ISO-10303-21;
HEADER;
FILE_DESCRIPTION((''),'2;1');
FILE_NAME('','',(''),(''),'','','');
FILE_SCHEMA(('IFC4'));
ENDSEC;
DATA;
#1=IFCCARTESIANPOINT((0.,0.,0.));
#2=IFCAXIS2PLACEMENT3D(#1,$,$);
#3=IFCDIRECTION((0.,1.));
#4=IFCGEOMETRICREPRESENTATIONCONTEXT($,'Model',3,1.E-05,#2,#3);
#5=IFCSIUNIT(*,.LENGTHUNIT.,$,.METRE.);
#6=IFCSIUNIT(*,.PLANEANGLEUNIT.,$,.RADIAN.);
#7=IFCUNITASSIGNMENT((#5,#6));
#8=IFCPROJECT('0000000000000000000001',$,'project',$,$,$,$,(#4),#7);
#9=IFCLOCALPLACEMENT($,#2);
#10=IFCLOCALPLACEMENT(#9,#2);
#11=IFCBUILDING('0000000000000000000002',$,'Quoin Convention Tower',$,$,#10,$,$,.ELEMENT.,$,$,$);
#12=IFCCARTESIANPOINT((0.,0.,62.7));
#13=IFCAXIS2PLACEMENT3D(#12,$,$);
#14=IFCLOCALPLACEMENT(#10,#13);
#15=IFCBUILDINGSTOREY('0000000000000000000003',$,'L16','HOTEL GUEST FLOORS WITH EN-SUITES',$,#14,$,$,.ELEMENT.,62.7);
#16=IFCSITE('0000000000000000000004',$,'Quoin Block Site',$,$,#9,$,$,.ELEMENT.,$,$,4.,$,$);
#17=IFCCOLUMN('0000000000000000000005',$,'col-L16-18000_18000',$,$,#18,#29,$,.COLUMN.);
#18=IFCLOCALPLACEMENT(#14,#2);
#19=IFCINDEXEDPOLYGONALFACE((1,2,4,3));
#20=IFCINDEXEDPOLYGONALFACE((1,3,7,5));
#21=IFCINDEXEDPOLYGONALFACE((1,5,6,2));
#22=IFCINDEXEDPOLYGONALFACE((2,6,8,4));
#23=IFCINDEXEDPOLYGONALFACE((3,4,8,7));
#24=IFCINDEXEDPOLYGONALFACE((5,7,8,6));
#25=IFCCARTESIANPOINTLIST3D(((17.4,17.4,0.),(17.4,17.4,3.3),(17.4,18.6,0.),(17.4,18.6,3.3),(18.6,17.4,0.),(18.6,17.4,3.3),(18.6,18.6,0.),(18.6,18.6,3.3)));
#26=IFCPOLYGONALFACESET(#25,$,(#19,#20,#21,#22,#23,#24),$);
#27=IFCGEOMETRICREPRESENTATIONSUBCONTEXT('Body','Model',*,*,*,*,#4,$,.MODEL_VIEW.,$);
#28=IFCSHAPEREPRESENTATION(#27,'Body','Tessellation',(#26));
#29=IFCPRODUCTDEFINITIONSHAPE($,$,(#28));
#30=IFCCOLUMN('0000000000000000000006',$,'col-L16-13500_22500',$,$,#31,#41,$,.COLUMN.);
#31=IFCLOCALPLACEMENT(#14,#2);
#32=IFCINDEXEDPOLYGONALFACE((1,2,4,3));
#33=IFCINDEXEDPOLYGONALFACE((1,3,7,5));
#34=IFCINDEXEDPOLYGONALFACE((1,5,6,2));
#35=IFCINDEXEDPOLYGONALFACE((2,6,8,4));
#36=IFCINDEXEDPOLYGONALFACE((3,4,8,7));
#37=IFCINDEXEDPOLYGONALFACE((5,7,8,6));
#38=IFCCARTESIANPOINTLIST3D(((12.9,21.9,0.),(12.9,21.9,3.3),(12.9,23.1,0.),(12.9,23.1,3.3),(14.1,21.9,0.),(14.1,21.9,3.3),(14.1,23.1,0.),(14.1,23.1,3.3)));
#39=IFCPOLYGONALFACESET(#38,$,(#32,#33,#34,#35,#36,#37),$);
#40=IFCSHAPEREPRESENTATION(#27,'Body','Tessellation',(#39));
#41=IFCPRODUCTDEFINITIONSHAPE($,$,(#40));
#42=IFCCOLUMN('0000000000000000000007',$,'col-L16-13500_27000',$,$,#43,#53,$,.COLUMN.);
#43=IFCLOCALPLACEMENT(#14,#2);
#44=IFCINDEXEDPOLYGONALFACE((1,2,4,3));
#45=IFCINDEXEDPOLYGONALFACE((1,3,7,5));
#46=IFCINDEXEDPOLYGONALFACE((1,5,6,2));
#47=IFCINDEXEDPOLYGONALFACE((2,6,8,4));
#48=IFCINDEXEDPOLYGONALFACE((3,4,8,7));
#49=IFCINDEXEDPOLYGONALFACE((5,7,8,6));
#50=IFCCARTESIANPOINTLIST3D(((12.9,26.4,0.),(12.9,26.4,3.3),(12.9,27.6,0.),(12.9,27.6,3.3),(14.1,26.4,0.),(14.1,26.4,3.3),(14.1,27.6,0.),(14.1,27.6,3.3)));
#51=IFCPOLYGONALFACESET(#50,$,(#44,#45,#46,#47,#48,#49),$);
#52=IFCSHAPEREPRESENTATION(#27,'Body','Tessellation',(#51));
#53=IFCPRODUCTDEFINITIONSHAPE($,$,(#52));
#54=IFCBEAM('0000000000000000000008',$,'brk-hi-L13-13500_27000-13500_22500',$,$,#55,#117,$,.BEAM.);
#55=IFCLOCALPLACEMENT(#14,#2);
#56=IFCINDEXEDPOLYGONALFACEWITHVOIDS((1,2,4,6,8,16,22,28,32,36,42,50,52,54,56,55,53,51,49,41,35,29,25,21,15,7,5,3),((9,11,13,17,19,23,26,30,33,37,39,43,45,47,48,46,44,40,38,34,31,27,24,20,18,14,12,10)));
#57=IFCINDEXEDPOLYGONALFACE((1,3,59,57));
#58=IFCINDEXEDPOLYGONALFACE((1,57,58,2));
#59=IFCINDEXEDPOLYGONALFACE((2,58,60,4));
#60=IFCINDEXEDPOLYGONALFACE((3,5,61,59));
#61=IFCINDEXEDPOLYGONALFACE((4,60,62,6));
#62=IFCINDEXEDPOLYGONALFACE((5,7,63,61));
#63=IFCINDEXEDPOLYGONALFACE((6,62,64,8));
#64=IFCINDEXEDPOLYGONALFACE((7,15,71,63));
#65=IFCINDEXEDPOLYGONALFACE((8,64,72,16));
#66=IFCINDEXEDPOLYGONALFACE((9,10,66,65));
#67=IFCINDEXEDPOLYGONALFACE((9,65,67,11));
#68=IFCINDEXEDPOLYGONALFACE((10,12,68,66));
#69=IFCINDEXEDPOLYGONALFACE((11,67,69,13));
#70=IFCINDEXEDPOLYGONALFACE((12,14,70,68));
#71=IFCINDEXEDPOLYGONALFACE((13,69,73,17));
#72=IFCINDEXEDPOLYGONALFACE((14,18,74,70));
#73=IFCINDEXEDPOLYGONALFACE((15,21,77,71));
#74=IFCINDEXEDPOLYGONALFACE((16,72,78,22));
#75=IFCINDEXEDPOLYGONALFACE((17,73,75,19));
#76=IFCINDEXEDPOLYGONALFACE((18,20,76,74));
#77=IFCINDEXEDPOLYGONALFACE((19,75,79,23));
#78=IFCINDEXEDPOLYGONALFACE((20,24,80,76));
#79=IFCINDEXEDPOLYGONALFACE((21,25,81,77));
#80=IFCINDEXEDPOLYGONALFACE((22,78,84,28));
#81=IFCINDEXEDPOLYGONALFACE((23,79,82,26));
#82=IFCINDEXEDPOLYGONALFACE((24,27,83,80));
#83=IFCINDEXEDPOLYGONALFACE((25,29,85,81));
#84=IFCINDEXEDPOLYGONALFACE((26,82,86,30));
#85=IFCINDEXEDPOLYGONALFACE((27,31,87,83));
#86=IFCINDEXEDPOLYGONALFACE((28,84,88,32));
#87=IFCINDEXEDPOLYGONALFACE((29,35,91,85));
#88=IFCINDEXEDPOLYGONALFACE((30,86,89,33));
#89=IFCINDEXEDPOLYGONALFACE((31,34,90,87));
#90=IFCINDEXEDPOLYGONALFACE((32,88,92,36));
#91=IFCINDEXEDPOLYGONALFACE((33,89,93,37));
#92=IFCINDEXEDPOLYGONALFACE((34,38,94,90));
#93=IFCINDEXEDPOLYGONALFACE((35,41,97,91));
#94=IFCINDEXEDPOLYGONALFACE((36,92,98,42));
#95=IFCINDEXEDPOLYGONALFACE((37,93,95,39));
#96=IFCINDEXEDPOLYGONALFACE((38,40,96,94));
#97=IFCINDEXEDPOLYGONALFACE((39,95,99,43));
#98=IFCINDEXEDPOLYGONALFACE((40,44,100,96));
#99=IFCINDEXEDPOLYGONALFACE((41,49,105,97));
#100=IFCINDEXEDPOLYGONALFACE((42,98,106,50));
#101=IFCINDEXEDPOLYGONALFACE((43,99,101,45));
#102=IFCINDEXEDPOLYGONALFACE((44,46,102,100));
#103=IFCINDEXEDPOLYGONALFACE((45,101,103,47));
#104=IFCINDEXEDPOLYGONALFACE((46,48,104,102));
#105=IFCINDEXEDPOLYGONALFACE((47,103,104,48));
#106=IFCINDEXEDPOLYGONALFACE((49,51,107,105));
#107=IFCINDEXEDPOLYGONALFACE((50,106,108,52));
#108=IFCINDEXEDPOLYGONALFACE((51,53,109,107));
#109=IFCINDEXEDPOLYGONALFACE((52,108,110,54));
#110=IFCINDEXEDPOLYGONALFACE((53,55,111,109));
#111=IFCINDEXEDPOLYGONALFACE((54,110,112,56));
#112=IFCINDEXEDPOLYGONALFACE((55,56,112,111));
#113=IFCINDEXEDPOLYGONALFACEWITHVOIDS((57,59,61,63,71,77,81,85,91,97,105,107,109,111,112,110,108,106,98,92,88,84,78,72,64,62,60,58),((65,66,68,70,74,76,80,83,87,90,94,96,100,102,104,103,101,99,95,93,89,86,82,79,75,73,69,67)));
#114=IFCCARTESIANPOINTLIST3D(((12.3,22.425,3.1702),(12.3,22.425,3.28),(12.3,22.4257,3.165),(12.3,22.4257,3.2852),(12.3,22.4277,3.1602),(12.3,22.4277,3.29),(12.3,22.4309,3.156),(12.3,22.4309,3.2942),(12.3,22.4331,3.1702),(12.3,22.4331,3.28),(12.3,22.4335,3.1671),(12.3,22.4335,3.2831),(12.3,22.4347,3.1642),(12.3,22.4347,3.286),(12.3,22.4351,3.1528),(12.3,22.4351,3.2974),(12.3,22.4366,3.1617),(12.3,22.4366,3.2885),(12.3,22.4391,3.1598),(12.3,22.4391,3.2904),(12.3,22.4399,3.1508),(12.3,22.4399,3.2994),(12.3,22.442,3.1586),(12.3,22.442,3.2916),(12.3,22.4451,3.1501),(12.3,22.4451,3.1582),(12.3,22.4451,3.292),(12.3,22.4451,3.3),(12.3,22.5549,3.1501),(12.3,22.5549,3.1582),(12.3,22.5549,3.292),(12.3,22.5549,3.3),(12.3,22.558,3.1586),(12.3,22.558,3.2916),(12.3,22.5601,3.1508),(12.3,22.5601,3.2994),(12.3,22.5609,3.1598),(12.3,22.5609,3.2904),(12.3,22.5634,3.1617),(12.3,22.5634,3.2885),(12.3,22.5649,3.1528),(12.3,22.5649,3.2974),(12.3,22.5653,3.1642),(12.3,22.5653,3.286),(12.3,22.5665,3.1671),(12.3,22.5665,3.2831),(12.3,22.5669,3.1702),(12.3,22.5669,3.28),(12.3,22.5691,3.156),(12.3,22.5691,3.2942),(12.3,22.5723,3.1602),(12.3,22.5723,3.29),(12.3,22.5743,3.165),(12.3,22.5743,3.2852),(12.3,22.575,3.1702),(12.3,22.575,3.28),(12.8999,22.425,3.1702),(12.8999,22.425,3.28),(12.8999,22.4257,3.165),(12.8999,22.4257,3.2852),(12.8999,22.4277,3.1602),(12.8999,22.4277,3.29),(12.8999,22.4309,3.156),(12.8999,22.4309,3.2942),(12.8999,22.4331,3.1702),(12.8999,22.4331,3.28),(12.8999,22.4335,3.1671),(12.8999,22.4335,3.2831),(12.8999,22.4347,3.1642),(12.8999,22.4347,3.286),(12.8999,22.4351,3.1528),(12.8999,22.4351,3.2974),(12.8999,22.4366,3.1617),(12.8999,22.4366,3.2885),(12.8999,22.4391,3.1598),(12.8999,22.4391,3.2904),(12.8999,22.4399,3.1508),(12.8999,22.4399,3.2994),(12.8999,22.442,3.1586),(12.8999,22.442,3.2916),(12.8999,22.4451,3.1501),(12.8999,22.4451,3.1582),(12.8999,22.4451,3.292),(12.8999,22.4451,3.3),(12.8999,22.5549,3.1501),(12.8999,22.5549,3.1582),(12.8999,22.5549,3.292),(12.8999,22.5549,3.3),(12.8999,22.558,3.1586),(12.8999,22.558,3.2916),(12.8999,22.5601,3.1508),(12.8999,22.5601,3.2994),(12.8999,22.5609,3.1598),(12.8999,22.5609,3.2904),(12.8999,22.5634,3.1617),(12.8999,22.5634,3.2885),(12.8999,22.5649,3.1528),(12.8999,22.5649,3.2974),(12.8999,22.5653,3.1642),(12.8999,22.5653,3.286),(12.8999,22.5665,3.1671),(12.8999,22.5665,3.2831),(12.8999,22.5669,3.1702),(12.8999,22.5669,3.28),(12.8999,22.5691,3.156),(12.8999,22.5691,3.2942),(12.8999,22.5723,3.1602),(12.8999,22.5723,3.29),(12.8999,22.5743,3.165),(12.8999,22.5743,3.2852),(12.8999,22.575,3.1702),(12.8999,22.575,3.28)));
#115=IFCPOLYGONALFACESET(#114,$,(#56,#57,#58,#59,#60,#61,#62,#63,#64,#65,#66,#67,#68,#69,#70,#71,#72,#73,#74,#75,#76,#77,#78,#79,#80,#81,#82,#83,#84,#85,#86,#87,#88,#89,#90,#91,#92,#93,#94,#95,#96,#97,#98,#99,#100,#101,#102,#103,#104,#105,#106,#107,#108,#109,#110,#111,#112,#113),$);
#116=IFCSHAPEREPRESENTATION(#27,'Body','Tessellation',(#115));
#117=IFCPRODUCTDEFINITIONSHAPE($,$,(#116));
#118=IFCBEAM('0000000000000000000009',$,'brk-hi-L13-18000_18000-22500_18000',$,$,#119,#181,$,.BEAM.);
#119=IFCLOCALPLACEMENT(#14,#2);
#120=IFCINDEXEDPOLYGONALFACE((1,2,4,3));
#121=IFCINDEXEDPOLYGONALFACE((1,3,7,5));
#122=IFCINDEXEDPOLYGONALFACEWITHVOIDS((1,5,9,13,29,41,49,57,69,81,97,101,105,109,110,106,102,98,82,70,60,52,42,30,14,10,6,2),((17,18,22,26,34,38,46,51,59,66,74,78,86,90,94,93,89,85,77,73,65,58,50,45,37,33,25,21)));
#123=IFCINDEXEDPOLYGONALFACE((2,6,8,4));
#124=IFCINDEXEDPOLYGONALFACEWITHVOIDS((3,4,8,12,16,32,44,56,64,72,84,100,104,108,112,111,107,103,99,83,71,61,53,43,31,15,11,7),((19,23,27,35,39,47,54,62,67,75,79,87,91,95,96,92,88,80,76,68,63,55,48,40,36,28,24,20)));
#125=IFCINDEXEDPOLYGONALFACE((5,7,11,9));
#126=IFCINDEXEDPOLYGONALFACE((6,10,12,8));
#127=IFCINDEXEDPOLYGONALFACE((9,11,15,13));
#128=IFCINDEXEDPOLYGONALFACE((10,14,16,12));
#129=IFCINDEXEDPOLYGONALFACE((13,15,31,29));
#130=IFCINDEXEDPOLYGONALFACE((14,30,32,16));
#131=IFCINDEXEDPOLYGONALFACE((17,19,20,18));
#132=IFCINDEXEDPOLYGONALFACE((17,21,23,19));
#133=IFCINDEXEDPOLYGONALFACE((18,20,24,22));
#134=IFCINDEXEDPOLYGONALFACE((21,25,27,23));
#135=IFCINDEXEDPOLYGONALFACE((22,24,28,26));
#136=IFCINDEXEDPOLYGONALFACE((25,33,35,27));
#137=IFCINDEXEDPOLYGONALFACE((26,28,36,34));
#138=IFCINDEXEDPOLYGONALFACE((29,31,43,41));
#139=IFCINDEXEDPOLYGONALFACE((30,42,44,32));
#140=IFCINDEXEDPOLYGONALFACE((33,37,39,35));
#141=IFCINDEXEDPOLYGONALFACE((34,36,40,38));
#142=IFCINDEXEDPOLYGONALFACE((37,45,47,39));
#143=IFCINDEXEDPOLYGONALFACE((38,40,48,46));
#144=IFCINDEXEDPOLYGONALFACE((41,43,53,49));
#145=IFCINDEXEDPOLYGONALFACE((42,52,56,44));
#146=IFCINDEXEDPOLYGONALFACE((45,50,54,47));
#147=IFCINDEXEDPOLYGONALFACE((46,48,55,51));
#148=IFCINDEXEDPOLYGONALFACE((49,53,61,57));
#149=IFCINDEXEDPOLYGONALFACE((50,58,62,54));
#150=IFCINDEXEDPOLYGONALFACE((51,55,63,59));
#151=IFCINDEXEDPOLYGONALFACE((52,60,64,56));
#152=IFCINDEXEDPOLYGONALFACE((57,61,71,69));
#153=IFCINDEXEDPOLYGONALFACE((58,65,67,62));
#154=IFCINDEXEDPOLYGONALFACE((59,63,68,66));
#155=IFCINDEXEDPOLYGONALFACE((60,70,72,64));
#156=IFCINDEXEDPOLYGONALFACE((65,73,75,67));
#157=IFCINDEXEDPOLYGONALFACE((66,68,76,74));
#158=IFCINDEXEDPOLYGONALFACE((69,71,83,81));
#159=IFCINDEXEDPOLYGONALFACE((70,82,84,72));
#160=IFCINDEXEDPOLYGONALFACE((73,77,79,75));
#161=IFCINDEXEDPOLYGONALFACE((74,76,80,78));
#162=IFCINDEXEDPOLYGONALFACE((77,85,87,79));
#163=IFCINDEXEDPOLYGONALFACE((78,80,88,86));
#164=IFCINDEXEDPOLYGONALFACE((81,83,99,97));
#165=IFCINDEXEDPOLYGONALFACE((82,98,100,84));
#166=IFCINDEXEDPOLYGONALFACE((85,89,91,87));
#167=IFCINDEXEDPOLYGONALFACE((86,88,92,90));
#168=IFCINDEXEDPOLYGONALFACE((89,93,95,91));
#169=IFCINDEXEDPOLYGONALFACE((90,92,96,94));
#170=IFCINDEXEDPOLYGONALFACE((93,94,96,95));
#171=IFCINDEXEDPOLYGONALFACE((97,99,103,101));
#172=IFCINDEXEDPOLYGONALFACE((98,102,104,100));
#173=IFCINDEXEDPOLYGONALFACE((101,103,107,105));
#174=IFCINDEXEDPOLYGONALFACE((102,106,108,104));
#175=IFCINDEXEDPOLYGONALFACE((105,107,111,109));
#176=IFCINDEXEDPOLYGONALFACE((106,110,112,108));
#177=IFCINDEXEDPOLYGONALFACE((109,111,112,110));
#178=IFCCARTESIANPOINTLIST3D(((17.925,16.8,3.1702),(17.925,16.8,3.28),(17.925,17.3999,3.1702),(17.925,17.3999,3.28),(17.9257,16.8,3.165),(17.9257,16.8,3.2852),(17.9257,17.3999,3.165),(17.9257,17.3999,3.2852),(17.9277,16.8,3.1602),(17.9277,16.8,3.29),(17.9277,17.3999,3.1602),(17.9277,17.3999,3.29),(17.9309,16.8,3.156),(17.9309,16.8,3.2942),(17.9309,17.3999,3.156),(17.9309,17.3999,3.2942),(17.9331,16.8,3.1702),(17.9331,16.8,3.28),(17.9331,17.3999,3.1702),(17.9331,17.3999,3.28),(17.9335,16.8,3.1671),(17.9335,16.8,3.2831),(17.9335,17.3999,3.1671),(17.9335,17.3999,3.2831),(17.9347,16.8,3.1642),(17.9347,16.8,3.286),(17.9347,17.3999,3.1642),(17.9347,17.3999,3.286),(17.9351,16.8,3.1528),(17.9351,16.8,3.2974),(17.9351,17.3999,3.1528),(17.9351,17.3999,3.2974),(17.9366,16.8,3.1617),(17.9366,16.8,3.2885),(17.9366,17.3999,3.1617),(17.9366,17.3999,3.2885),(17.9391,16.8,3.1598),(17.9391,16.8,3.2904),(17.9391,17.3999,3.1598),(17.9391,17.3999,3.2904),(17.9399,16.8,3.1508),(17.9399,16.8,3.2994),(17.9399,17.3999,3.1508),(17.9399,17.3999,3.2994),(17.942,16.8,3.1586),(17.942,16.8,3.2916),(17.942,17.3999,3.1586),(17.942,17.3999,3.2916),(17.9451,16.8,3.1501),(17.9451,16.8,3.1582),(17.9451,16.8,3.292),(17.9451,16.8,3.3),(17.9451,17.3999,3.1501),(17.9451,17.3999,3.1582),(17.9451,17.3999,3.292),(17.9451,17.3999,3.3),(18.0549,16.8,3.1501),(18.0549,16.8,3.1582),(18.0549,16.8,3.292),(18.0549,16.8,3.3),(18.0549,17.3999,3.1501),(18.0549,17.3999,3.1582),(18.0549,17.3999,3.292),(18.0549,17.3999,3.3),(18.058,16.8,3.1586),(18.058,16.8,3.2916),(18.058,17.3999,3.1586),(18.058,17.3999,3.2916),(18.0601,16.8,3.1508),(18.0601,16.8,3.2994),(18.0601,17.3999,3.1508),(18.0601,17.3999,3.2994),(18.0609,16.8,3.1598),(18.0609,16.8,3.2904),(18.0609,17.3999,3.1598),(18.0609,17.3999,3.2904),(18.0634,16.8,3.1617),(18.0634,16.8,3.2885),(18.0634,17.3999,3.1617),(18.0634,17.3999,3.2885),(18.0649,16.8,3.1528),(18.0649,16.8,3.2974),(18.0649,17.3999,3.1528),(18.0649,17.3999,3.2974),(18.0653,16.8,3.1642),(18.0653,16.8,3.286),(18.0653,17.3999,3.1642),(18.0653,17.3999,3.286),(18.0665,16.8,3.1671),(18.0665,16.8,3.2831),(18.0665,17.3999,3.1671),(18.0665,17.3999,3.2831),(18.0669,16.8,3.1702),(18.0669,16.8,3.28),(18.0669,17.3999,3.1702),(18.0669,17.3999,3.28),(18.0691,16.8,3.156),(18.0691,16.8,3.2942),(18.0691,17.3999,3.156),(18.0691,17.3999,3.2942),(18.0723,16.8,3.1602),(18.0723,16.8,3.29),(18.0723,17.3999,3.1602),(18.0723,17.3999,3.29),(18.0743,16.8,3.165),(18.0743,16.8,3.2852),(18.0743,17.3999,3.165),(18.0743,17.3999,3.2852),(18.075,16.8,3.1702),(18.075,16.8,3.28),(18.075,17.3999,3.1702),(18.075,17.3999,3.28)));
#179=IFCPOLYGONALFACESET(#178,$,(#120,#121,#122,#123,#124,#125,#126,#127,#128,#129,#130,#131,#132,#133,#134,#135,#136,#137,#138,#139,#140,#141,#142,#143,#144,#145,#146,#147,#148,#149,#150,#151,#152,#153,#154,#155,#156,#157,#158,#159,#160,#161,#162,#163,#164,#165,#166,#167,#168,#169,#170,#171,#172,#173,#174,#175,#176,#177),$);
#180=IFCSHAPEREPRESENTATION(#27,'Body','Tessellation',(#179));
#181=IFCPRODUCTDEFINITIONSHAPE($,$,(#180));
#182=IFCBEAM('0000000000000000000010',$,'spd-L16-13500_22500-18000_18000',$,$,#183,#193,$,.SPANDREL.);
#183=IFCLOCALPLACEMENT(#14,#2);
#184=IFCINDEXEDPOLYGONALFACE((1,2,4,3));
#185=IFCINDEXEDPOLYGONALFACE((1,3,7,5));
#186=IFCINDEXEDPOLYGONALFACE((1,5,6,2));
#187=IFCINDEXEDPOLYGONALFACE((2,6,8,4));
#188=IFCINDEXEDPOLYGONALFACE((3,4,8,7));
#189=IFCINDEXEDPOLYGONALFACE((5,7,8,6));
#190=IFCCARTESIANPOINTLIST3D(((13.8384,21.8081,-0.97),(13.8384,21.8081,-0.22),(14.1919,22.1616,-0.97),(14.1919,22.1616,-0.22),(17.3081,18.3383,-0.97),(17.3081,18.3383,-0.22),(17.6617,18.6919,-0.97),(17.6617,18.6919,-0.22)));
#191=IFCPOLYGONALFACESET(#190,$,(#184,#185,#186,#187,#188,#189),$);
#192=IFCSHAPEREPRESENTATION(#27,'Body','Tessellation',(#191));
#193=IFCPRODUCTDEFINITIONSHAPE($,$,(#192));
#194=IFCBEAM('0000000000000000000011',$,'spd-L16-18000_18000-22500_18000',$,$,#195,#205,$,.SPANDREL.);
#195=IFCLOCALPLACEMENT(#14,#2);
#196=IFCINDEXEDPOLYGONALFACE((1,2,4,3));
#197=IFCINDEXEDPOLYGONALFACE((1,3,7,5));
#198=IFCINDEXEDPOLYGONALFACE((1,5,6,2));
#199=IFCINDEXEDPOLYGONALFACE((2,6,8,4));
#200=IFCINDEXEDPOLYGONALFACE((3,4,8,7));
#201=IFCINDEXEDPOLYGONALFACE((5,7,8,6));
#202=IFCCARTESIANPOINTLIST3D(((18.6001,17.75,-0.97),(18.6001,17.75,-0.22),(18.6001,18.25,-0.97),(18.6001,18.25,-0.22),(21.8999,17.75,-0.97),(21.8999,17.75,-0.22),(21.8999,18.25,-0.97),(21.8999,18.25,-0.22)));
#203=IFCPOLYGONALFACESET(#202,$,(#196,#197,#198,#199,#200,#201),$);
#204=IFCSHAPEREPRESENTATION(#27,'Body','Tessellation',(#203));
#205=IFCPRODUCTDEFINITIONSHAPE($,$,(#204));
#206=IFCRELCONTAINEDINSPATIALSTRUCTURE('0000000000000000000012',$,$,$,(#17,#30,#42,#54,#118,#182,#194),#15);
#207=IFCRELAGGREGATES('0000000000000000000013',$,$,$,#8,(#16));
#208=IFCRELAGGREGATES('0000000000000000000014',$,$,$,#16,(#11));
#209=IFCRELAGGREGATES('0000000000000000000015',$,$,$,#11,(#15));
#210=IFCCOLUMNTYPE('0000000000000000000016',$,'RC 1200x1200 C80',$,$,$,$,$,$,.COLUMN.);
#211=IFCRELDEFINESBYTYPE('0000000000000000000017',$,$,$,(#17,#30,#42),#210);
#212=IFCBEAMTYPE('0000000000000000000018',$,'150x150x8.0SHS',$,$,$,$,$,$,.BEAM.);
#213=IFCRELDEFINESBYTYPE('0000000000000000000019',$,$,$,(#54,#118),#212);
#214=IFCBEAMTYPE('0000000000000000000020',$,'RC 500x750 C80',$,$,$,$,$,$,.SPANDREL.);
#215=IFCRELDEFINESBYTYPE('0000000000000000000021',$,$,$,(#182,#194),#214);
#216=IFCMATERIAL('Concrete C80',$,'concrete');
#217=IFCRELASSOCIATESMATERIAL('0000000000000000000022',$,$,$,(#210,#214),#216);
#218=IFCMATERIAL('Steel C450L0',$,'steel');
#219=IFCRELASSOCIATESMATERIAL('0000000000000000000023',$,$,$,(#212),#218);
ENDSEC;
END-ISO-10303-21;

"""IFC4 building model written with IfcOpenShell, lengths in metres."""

from ifc_helpers import new_model, si_unit, direction, frame, origin, origin_2d, place, context, subcontext, project, spatial, rectangle, hollow_rectangle, extrude, material, material_profile, profile_set, type_object, element, save


model = new_model("IFC4")

# Units and contexts
model_context = context("Model", 3, precision=1e-05, world=origin(), true_north=direction((0.0, 1.0)))
body_context = subcontext(model_context, "Body", "Model", "MODEL_VIEW")
ifc_project = project(units=[si_unit("LENGTHUNIT", "METRE"), si_unit("PLANEANGLEUNIT", "RADIAN")], contexts=[model_context])

# Site, building, storey
site_placement = place(None, origin())
site = spatial("IfcSite", under=ifc_project, at=site_placement, Name="Quoin Block Site", CompositionType="ELEMENT", RefElevation=4.0)
building_placement = place(site_placement, origin())
building = spatial("IfcBuilding", under=site, at=building_placement, Name="Quoin Convention Tower", CompositionType="ELEMENT")
storey_placement = place(building_placement, frame((0.0, 0.0, 62.7)))
storey = spatial("IfcBuildingStorey", under=building, at=storey_placement, Name="L16", Description="HOTEL GUEST FLOORS WITH EN-SUITES", CompositionType="ELEMENT", Elevation=62.7)

# Columns
ifc_material_1 = material(Name="Concrete C80", Category="concrete")
ifc_material_profile_1 = material_profile(ifc_material_1, rectangle(XDim=1.2, YDim=1.2, at=origin_2d()), Name="RC 1200x1200")
ifc_profile_set_1 = profile_set([ifc_material_profile_1], Name="Concrete C80")
column_type = type_object("IfcColumnType", Name="RC 1200x1200 C80", PredefinedType="COLUMN", material=ifc_profile_set_1)
for number, where, z_axis, x_axis, name in (
    (1, (18.0, 18.0, 0.0), (0.0, 0.0, 1.0), (1.0, 0.0, 0.0), "col-L16-18000_18000"),
    (2, (13.5, 22.5, 0.0), (0.0, 0.0, 1.0), (1.0, 0.0, 0.0), "col-L16-13500_22500"),
    (3, (13.5, 27.0, 0.0), (0.0, 0.0, 1.0), (1.0, 0.0, 0.0), "col-L16-13500_27000"),
):
    element("IfcColumn", number, at=place(storey_placement, frame(where, z_axis=z_axis, x_axis=x_axis)), inside=storey, type_object=column_type, Name=name, PredefinedType="COLUMN", context=body_context, shape_type="SweptSolid", body=[
        extrude(rectangle(XDim=1.2, YDim=1.2, at=origin_2d()), origin(), (0.0, 0.0, 1.0), 3.3),
    ])

# Beams
ifc_material_2 = material(Name="Steel C450L0", Category="steel")
ifc_material_profile_2 = material_profile(ifc_material_2, hollow_rectangle(XDim=0.1499, YDim=0.1499, WallThickness=0.0081, InnerFilletRadius=0.012, OuterFilletRadius=0.02, at=origin_2d()), Name="150x150x8.0SHS")
ifc_profile_set_2 = profile_set([ifc_material_profile_2], Name="Steel C450L0")
beam_type_1 = type_object("IfcBeamType", Name="150x150x8.0SHS", PredefinedType="BEAM", material=ifc_profile_set_2)
for number, where, z_axis, x_axis, name in (
    (4, (12.8999, 22.5, 3.2251), (-1.0, 0.0, 0.0), (0.0, -1.0, 0.0), "brk-hi-L13-13500_27000-13500_22500"),
    (5, (18.0, 17.3999, 3.2251), (0.0, -1.0, 0.0), (1.0, 0.0, 0.0), "brk-hi-L13-18000_18000-22500_18000"),
):
    element("IfcBeam", number, at=place(storey_placement, frame(where, z_axis=z_axis, x_axis=x_axis)), inside=storey, type_object=beam_type_1, Name=name, PredefinedType="BEAM", context=body_context, shape_type="SweptSolid", body=[
        extrude(hollow_rectangle(XDim=0.1499, YDim=0.1499, WallThickness=0.0081, InnerFilletRadius=0.012, OuterFilletRadius=0.02, at=origin_2d()), origin(), (0.0, 0.0, 1.0), 0.5999),
    ])
ifc_material_profile_3 = material_profile(ifc_material_1, rectangle(XDim=0.5, YDim=0.75, at=origin_2d()), Name="RC 500x750")
ifc_profile_set_3 = profile_set([ifc_material_profile_3], Name="Concrete C80")
beam_type_2 = type_object("IfcBeamType", Name="RC 500x750 C80", PredefinedType="SPANDREL", material=ifc_profile_set_3)
beam_placement = place(storey_placement, frame((14.0151, 21.9849, -0.595), z_axis=(0.707107, -0.707107, 0.0), x_axis=(0.707107, 0.707107, 0.0)))
element("IfcBeam", 6, at=beam_placement, inside=storey, type_object=beam_type_2, Name="spd-L16-13500_22500-18000_18000", PredefinedType="SPANDREL", context=body_context, shape_type="SweptSolid", body=[
    extrude(rectangle(XDim=0.5, YDim=0.75, at=origin_2d()), origin(), (0.0, 0.0, 1.0), 4.907),
])
for number, where, z_axis, x_axis, name in (
    (7, (18.6001, 18.0, -0.595), (1.0, 0.0, 0.0), (0.0, 1.0, 0.0), "spd-L16-18000_18000-22500_18000"),
):
    element("IfcBeam", number, at=place(storey_placement, frame(where, z_axis=z_axis, x_axis=x_axis)), inside=storey, type_object=beam_type_2, Name=name, PredefinedType="SPANDREL", context=body_context, shape_type="SweptSolid", body=[
        extrude(rectangle(XDim=0.5, YDim=0.75, at=origin_2d()), origin(), (0.0, 0.0, 1.0), 3.2998),
    ])

save(model, "model.ifc")
